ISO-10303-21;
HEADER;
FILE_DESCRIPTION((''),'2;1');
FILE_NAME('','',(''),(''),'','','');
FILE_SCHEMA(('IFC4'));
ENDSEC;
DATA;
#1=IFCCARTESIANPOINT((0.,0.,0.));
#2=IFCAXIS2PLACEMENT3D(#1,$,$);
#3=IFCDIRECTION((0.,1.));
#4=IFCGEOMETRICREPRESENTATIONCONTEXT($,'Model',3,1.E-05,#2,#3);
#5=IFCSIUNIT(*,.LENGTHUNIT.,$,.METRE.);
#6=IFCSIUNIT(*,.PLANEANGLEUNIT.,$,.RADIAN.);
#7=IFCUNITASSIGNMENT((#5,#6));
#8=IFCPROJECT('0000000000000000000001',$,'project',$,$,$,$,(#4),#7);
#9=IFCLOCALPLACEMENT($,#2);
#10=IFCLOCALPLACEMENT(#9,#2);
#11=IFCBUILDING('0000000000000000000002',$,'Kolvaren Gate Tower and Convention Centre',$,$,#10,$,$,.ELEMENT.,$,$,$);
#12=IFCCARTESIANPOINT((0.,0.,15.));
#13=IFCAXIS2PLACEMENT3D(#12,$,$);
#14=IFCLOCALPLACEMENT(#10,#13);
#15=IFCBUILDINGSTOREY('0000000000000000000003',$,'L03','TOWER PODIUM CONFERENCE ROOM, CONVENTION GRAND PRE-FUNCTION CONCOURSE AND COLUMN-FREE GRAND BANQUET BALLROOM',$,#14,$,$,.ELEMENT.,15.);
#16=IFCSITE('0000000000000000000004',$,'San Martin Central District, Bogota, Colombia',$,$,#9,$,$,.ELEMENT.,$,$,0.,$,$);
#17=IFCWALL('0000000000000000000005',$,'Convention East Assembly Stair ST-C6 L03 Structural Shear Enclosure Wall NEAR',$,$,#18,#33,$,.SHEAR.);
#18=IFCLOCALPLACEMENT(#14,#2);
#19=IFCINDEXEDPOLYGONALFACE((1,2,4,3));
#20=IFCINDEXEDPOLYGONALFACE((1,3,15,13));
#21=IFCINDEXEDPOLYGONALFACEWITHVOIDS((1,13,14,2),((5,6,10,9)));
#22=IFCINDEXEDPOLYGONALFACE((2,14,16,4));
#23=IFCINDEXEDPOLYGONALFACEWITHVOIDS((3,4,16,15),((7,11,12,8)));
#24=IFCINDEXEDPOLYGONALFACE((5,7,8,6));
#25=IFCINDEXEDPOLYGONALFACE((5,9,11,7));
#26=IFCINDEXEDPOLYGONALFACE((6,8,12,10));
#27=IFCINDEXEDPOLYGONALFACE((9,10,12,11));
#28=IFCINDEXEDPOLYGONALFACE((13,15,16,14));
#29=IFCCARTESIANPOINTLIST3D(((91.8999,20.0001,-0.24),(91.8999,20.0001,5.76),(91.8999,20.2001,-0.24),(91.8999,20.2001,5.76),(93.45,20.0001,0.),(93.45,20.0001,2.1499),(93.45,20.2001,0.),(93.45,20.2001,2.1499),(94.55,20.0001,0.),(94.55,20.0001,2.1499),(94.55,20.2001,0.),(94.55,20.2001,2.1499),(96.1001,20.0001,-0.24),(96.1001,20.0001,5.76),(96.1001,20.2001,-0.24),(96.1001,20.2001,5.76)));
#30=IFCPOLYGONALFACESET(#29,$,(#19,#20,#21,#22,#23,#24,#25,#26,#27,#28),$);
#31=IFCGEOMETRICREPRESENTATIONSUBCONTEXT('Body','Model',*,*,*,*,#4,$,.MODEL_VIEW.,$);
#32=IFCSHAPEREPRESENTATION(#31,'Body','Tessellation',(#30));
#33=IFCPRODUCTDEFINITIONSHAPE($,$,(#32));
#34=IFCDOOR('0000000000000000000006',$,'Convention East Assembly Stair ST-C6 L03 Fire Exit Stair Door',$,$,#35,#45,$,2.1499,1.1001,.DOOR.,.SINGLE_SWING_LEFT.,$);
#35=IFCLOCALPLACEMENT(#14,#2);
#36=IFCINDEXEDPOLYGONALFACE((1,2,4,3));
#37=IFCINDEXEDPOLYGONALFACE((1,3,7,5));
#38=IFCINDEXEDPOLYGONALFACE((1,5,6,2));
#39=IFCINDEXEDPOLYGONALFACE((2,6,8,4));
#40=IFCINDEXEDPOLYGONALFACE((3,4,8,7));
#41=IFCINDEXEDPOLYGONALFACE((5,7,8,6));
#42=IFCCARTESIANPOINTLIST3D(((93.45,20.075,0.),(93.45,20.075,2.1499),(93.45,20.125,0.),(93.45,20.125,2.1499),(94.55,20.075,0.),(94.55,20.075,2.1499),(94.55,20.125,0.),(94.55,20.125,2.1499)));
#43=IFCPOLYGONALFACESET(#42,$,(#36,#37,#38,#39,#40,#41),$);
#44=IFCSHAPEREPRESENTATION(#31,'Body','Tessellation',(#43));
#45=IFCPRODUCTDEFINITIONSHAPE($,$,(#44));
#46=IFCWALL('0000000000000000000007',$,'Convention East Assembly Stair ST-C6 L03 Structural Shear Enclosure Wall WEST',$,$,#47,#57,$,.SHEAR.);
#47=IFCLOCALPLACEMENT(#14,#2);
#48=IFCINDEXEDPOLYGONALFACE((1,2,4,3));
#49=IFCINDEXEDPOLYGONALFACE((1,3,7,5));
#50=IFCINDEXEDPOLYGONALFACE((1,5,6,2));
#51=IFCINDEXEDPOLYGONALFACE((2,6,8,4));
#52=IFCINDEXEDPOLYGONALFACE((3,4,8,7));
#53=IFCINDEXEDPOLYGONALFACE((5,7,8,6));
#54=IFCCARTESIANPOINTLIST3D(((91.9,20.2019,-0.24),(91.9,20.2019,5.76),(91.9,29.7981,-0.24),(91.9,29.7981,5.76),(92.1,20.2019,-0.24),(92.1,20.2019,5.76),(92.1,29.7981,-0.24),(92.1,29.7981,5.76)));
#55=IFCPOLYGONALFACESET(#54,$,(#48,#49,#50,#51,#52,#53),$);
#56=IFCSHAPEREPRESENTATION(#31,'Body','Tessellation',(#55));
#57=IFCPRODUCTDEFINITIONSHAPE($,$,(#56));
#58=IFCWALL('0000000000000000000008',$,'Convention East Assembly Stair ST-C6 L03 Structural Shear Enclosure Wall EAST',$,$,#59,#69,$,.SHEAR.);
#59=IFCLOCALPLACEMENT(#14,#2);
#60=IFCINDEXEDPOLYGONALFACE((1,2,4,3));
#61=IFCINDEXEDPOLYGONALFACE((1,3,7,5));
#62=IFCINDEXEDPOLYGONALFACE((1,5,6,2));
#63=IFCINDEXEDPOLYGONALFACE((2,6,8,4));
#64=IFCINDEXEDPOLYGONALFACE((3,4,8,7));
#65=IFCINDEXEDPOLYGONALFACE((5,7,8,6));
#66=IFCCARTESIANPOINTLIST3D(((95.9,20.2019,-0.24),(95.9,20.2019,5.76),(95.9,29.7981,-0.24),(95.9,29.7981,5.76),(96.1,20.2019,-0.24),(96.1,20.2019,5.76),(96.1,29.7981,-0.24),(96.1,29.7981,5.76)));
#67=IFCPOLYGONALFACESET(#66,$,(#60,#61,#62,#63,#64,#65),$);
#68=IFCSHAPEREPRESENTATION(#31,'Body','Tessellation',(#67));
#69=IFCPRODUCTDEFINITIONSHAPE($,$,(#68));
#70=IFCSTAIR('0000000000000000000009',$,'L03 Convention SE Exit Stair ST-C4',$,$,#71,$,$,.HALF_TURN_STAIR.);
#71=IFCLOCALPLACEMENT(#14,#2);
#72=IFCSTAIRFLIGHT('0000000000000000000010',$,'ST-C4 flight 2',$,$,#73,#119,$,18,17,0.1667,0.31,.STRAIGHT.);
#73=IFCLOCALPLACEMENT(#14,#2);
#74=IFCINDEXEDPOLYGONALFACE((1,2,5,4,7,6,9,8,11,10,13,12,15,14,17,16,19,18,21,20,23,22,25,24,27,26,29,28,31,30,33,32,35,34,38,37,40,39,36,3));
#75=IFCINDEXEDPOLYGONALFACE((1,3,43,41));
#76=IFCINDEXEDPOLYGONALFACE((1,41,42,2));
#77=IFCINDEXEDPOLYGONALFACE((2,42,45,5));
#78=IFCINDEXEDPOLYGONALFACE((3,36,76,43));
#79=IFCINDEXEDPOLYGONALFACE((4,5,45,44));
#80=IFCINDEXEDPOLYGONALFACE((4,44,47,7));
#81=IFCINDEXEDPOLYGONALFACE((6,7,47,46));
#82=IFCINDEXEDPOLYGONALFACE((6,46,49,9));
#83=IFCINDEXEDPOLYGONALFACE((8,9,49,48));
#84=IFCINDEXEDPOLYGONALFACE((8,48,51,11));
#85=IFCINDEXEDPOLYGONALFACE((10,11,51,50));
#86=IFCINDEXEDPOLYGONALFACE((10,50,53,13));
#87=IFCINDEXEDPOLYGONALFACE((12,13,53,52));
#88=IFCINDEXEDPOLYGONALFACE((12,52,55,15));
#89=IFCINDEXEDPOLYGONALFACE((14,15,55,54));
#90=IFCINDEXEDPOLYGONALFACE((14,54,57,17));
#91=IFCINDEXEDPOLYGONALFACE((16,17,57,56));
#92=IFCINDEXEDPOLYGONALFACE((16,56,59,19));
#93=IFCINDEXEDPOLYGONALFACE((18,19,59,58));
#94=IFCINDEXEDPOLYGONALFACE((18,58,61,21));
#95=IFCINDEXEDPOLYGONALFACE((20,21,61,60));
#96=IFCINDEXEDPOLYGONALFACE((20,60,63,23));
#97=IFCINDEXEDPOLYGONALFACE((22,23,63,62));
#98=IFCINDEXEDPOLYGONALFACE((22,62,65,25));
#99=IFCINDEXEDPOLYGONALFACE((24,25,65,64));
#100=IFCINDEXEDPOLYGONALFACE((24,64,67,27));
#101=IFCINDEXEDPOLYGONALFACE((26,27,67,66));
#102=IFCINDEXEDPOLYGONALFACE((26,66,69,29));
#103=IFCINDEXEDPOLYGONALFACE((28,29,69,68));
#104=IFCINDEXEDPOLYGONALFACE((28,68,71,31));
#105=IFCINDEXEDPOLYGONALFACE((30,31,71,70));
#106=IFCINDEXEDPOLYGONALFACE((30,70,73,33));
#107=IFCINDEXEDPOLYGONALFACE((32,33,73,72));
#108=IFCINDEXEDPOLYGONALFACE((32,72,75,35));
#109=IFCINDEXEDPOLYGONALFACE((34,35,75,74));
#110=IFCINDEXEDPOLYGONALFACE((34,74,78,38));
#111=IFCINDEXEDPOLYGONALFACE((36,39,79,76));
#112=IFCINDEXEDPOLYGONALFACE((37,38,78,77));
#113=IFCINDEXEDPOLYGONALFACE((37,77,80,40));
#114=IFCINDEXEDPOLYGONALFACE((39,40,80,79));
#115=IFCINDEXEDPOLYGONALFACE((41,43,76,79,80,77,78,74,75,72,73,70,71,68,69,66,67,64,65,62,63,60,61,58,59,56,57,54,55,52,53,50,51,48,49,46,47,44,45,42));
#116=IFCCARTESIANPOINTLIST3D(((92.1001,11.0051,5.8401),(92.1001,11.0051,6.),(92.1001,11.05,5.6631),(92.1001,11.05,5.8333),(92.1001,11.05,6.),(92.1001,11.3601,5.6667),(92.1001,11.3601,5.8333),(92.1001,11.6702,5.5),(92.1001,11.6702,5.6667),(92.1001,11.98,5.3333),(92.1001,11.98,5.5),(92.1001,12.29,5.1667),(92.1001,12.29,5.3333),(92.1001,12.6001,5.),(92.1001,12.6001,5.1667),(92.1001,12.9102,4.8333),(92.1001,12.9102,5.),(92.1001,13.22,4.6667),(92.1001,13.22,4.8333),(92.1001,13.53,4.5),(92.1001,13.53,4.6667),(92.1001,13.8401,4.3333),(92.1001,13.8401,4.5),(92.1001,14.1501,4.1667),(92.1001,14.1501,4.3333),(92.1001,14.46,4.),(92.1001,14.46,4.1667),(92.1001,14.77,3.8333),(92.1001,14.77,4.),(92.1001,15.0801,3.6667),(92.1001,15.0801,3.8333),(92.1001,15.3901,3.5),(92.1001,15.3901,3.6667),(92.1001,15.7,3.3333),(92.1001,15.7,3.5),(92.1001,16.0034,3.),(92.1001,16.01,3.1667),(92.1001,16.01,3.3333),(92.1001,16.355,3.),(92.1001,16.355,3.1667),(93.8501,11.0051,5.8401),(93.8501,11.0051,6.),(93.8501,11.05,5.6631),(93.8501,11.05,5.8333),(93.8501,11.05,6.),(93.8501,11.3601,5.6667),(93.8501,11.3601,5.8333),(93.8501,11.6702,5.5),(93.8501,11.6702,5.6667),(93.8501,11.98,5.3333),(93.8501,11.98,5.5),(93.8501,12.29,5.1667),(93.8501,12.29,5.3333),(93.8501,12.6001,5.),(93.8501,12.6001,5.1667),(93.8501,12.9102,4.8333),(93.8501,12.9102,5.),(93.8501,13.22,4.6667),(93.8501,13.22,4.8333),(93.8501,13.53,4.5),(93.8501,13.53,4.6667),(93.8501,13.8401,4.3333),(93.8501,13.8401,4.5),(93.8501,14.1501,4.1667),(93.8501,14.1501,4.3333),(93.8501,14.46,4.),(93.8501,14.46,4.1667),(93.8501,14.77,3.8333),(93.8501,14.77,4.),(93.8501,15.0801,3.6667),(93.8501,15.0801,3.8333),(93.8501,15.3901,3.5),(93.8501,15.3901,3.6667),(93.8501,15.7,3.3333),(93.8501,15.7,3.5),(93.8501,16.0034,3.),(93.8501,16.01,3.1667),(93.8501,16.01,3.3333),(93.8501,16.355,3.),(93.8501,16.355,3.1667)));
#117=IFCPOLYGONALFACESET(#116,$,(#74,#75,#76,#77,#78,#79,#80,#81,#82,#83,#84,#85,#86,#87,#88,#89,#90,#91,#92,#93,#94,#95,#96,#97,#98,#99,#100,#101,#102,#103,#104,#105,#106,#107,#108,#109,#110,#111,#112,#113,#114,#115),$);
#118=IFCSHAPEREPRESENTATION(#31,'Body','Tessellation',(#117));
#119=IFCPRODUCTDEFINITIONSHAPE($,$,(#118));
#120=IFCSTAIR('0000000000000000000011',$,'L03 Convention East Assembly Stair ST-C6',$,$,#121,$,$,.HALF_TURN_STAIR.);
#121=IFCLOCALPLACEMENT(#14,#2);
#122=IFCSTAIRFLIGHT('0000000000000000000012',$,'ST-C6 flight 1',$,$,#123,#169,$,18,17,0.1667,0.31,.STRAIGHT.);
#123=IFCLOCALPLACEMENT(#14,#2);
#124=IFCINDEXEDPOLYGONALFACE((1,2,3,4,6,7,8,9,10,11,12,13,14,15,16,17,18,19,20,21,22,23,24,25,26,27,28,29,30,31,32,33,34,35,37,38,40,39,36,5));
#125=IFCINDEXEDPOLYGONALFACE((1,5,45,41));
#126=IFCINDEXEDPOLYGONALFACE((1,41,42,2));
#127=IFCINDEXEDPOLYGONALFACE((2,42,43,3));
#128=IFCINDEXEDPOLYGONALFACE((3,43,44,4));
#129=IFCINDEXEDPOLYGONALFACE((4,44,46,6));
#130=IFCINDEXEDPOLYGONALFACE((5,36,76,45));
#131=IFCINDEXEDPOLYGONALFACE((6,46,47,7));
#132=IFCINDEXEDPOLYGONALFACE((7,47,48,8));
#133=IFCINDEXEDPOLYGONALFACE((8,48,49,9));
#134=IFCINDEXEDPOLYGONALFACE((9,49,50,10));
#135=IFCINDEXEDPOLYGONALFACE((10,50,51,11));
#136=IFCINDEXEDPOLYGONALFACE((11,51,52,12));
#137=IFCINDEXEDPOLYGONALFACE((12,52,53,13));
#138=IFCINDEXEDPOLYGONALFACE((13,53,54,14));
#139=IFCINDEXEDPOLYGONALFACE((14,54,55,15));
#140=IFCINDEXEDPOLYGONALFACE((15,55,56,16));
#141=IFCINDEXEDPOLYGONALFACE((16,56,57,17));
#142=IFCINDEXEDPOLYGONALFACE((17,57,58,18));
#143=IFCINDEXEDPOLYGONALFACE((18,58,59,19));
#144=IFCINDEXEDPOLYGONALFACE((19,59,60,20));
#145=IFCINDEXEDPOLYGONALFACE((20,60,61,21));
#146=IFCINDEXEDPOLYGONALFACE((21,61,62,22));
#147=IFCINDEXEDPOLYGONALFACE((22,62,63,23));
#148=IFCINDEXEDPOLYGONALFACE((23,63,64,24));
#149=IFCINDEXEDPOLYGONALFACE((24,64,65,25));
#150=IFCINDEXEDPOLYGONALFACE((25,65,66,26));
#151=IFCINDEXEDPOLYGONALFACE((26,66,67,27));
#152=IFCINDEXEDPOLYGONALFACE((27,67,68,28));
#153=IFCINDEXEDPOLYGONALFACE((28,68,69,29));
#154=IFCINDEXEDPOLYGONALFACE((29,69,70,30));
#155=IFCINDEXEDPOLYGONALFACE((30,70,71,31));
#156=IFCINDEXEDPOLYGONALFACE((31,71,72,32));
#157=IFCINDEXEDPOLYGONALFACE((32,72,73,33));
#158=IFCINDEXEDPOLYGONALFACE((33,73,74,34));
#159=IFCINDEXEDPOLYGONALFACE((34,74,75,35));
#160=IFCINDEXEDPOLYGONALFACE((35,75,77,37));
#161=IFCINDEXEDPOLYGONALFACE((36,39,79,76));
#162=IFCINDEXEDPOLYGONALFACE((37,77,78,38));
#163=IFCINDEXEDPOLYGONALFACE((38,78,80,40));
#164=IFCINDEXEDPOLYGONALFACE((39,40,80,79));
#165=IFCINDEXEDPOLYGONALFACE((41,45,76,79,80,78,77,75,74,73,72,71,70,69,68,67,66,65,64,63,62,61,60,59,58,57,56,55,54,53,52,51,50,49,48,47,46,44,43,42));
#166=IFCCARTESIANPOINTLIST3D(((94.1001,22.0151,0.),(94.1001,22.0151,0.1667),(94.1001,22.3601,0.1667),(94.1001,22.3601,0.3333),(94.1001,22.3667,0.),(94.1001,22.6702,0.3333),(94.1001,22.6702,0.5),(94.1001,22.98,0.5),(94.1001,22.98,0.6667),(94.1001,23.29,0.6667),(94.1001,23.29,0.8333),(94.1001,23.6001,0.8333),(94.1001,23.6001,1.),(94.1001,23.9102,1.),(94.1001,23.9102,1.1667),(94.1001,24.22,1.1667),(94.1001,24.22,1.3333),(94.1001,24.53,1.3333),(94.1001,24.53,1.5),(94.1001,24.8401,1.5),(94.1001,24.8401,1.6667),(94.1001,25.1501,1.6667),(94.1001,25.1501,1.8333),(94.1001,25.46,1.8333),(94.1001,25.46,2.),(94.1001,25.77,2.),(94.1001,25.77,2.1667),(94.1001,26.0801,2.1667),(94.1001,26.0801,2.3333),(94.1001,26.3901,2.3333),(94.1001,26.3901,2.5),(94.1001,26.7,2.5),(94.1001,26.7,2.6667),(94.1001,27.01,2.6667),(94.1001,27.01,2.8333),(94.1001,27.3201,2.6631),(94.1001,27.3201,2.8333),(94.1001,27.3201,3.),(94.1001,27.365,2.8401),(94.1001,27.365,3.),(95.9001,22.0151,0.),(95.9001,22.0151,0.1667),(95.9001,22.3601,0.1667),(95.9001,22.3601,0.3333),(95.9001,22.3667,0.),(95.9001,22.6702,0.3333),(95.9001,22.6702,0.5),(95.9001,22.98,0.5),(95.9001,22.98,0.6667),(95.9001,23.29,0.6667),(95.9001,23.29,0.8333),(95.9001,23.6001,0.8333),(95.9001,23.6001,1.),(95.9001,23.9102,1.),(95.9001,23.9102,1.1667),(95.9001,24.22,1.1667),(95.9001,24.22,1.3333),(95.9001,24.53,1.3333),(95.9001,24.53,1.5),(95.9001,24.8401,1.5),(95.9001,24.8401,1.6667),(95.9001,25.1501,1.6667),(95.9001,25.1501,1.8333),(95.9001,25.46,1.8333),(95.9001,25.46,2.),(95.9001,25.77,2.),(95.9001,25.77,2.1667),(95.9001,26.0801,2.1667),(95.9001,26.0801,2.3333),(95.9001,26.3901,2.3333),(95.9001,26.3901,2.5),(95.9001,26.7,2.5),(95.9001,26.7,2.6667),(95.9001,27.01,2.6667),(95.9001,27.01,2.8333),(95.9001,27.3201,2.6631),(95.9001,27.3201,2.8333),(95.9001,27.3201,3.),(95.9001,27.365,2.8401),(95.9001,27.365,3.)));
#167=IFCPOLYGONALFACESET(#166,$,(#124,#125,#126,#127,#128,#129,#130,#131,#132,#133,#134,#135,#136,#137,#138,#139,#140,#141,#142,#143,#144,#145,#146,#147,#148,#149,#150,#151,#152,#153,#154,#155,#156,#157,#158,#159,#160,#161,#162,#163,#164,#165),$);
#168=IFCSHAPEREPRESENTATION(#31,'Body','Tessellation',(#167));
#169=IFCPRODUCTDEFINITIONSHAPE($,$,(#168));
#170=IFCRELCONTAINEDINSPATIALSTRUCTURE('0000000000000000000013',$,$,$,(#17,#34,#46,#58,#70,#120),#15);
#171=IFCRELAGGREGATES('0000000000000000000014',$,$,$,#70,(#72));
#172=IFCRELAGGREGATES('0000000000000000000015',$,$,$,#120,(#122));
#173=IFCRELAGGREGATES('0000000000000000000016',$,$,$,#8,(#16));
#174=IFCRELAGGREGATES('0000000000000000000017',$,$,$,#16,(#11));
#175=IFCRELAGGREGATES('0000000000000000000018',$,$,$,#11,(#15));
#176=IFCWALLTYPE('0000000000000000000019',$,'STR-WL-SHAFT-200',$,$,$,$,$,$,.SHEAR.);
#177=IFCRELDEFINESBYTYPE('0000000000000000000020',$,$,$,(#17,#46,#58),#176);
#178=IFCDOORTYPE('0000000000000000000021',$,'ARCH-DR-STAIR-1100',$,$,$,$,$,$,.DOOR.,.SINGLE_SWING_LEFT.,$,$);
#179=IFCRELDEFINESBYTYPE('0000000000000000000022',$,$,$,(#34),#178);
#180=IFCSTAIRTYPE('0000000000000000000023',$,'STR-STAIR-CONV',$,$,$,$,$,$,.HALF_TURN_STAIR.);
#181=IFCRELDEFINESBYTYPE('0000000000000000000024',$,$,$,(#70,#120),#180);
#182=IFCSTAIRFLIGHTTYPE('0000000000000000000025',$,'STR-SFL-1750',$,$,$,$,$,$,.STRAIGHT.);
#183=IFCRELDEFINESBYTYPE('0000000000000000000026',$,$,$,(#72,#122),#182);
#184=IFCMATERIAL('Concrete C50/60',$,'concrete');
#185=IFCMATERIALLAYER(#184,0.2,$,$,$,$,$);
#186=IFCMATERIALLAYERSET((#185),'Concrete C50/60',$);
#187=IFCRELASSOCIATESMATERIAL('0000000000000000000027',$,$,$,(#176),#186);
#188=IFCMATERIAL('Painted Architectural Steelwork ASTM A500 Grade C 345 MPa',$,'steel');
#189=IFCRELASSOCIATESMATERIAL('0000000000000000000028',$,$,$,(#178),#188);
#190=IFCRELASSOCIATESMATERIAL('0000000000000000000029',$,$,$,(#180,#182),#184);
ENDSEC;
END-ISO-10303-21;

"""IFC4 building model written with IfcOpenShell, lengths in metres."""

from ifc_helpers import new_model, si_unit, direction, frame, frame_2d, origin, place, context, subcontext, project, spatial, polyline, rectangle, outline, extrude, material, layer, layer_set, type_object, element, fill, aggregate, save


model = new_model("IFC4")

# Units and contexts
model_context = context("Model", 3, precision=1e-05, world=origin(), true_north=direction((0.0, 1.0)))
body_context = subcontext(model_context, "Body", "Model", "MODEL_VIEW")
ifc_project = project(units=[si_unit("LENGTHUNIT", "METRE"), si_unit("PLANEANGLEUNIT", "RADIAN")], contexts=[model_context])

# Site, building, storey
site_placement = place(None, origin())
site = spatial("IfcSite", under=ifc_project, at=site_placement, Name="San Martin Central District, Bogota, Colombia", CompositionType="ELEMENT", RefElevation=0.0)
building_placement = place(site_placement, origin())
building = spatial("IfcBuilding", under=site, at=building_placement, Name="Kolvaren Gate Tower and Convention Centre", CompositionType="ELEMENT")
storey_placement = place(building_placement, frame((0.0, 0.0, 15.0)))
storey = spatial("IfcBuildingStorey", under=building, at=storey_placement, Name="L03", Description="TOWER PODIUM CONFERENCE ROOM, CONVENTION GRAND PRE-FUNCTION CONCOURSE AND COLUMN-FREE GRAND BANQUET BALLROOM", CompositionType="ELEMENT", Elevation=15.0)

# Shared definitions
ifc_material_1 = material(Name="Concrete C50/60", Category="concrete")
ifc_layer_1 = layer(ifc_material_1, 0.2)
ifc_layer_set_1 = layer_set([ifc_layer_1], Name="Concrete C50/60")
wall_type = type_object("IfcWallType", Name="STR-WL-SHAFT-200", PredefinedType="SHEAR", material=ifc_layer_set_1)

# Wall, opening, door
wall_1_placement = place(storey_placement, frame((91.8999, 20.1001, -0.24), z_axis=(0.0, 0.0, 1.0), x_axis=(1.0, 0.0, 0.0)))
wall_1 = element("IfcWall", 1, at=wall_1_placement, inside=storey, type_object=wall_type, Name="Convention East Assembly Stair ST-C6 L03 Structural Shear Enclosure Wall NEAR", PredefinedType="SHEAR", context=body_context, shape_type="SweptSolid", body=[
    extrude(rectangle(XDim=4.2002, YDim=0.2, at=frame_2d((2.1001, 0.0))), origin(), (0.0, 0.0, 1.0), 6.0),
])
opening_placement = place(wall_1_placement, frame((1.55, 0.0, 0.24)))
opening = element("IfcOpeningElement", 2, at=opening_placement, cuts=wall_1, PredefinedType="OPENING", context=body_context, shape_type="SweptSolid", body=[
    extrude(rectangle(XDim=1.1001, YDim=2.1499, at=frame_2d((0.55, 1.075))), frame((0.0, 0.1099, 0.0), z_axis=(0.0, -1.0, 0.0), x_axis=(1.0, 0.0, 0.0)), (0.0, 0.0, 1.0), 0.22),
])
ifc_material_2 = material(Name="Painted Architectural Steelwork ASTM A500 Grade C 345 MPa", Category="steel")
door_type = type_object("IfcDoorType", Name="ARCH-DR-STAIR-1100", OperationType="SINGLE_SWING_LEFT", PredefinedType="DOOR", material=ifc_material_2)
door_placement = place(opening_placement, origin())
door = element("IfcDoor", 3, at=door_placement, inside=storey, type_object=door_type, Name="Convention East Assembly Stair ST-C6 L03 Fire Exit Stair Door", OperationType="SINGLE_SWING_LEFT", OverallHeight=2.1499, OverallWidth=1.1001, PredefinedType="DOOR", context=body_context, shape_type="SweptSolid", body=[
    extrude(rectangle(XDim=1.1001, YDim=2.1499, at=frame_2d((0.55, 1.075))), frame((0.0, 0.0249, 0.0), z_axis=(0.0, -1.0, 0.0), x_axis=(1.0, 0.0, 0.0)), (0.0, 0.0, 1.0), 0.05),
])
fill(opening, door)

# Walls
for number, where, z_axis, x_axis, name in (
    (4, (92.0, 20.2019, -0.24), (0.0, 0.0, 1.0), (0.0, 1.0, 0.0), "Convention East Assembly Stair ST-C6 L03 Structural Shear Enclosure Wall WEST"),
    (5, (96.0, 20.2019, -0.24), (0.0, 0.0, 1.0), (0.0, 1.0, 0.0), "Convention East Assembly Stair ST-C6 L03 Structural Shear Enclosure Wall EAST"),
):
    element("IfcWall", number, at=place(storey_placement, frame(where, z_axis=z_axis, x_axis=x_axis)), inside=storey, type_object=wall_type, Name=name, PredefinedType="SHEAR", context=body_context, shape_type="SweptSolid", body=[
        extrude(rectangle(XDim=9.5962, YDim=0.2, at=frame_2d((4.7981, 0.0))), origin(), (0.0, 0.0, 1.0), 6.0),
    ])

# Stairs, stair flights
stair_type = type_object("IfcStairType", Name="STR-STAIR-CONV", PredefinedType="HALF_TURN_STAIR", material=ifc_material_1)
stair_1_placement = place(storey_placement, origin())
stair_1 = element("IfcStair", 6, at=stair_1_placement, inside=storey, type_object=stair_type, Name="L03 Convention SE Exit Stair ST-C4", PredefinedType="HALF_TURN_STAIR")
stair_flight_type = type_object("IfcStairFlightType", Name="STR-SFL-1750", PredefinedType="STRAIGHT", material=ifc_material_1)
stair_flight_1_placement = place(storey_placement, frame((92.9751, 16.3201, 3.0), z_axis=(0.0, 0.0, 1.0), x_axis=(0.0, -1.0, 0.0)))
stair_flight_1 = element("IfcStairFlight", 7, at=stair_flight_1_placement, type_object=stair_flight_type, Name="ST-C4 flight 2", NumberOfRisers=18, NumberOfTreads=17, PredefinedType="STRAIGHT", RiserHeight=0.1667, TreadLength=0.31, context=body_context, shape_type="SweptSolid", body=[
    extrude(outline(polyline([(-0.0349, 0.0), (-0.0349, 0.1667), (0.3101, 0.1667), (0.3101, 0.3333), (0.6201, 0.3333), (0.6201, 0.5), (0.9299, 0.5), (0.9299, 0.6667), (1.24, 0.6667), (1.24, 0.8333), (1.55, 0.8333), (1.55, 1.0), (1.8601, 1.0), (1.8601, 1.1667), (2.1699, 1.1667), (2.1699, 1.3333), (2.48, 1.3333), (2.48, 1.5), (2.79, 1.5), (2.79, 1.6667), (3.1001, 1.6667), (3.1001, 1.8333), (3.4099, 1.8333), (3.4099, 2.0), (3.72, 2.0), (3.72, 2.1667), (4.03, 2.1667), (4.03, 2.3333), (4.3401, 2.3333), (4.3401, 2.5), (4.6499, 2.5), (4.6499, 2.6667), (4.96, 2.6667), (4.96, 2.8333), (5.27, 2.8333), (5.27, 3.0), (5.3149, 3.0), (5.3149, 2.8401), (5.27, 2.6631), (0.3167, 0.0), (-0.0349, 0.0)])), frame((0.0, 0.875, 0.0), z_axis=(0.0, -1.0, 0.0), x_axis=(1.0, 0.0, 0.0)), (0.0, 0.0, 1.0), 1.75),
])
aggregate(stair_1, [stair_flight_1])
stair_2_placement = place(storey_placement, origin())
stair_2 = element("IfcStair", 8, at=stair_2_placement, inside=storey, type_object=stair_type, Name="L03 Convention East Assembly Stair ST-C6", PredefinedType="HALF_TURN_STAIR")
stair_flight_2_placement = place(storey_placement, frame((95.0, 22.05, 0.0), z_axis=(0.0, 0.0, 1.0), x_axis=(0.0, 1.0, 0.0)))
stair_flight_2 = element("IfcStairFlight", 9, at=stair_flight_2_placement, type_object=stair_flight_type, Name="ST-C6 flight 1", NumberOfRisers=18, NumberOfTreads=17, PredefinedType="STRAIGHT", RiserHeight=0.1667, TreadLength=0.31, context=body_context, shape_type="SweptSolid", body=[
    extrude(outline(polyline([(-0.0349, 0.0), (-0.0349, 0.1667), (0.3101, 0.1667), (0.3101, 0.3333), (0.6201, 0.3333), (0.6201, 0.5), (0.9299, 0.5), (0.9299, 0.6667), (1.24, 0.6667), (1.24, 0.8333), (1.55, 0.8333), (1.55, 1.0), (1.8601, 1.0), (1.8601, 1.1667), (2.1699, 1.1667), (2.1699, 1.3333), (2.48, 1.3333), (2.48, 1.5), (2.79, 1.5), (2.79, 1.6667), (3.1001, 1.6667), (3.1001, 1.8333), (3.4099, 1.8333), (3.4099, 2.0), (3.72, 2.0), (3.72, 2.1667), (4.03, 2.1667), (4.03, 2.3333), (4.3401, 2.3333), (4.3401, 2.5), (4.6499, 2.5), (4.6499, 2.6667), (4.96, 2.6667), (4.96, 2.8333), (5.27, 2.8333), (5.27, 3.0), (5.3149, 3.0), (5.3149, 2.8401), (5.27, 2.6631), (0.3167, 0.0), (-0.0349, 0.0)])), frame((0.0, 0.8999, 0.0), z_axis=(0.0, -1.0, 0.0), x_axis=(1.0, 0.0, 0.0)), (0.0, 0.0, 1.0), 1.8),
])
aggregate(stair_2, [stair_flight_2])

save(model, "model.ifc")
